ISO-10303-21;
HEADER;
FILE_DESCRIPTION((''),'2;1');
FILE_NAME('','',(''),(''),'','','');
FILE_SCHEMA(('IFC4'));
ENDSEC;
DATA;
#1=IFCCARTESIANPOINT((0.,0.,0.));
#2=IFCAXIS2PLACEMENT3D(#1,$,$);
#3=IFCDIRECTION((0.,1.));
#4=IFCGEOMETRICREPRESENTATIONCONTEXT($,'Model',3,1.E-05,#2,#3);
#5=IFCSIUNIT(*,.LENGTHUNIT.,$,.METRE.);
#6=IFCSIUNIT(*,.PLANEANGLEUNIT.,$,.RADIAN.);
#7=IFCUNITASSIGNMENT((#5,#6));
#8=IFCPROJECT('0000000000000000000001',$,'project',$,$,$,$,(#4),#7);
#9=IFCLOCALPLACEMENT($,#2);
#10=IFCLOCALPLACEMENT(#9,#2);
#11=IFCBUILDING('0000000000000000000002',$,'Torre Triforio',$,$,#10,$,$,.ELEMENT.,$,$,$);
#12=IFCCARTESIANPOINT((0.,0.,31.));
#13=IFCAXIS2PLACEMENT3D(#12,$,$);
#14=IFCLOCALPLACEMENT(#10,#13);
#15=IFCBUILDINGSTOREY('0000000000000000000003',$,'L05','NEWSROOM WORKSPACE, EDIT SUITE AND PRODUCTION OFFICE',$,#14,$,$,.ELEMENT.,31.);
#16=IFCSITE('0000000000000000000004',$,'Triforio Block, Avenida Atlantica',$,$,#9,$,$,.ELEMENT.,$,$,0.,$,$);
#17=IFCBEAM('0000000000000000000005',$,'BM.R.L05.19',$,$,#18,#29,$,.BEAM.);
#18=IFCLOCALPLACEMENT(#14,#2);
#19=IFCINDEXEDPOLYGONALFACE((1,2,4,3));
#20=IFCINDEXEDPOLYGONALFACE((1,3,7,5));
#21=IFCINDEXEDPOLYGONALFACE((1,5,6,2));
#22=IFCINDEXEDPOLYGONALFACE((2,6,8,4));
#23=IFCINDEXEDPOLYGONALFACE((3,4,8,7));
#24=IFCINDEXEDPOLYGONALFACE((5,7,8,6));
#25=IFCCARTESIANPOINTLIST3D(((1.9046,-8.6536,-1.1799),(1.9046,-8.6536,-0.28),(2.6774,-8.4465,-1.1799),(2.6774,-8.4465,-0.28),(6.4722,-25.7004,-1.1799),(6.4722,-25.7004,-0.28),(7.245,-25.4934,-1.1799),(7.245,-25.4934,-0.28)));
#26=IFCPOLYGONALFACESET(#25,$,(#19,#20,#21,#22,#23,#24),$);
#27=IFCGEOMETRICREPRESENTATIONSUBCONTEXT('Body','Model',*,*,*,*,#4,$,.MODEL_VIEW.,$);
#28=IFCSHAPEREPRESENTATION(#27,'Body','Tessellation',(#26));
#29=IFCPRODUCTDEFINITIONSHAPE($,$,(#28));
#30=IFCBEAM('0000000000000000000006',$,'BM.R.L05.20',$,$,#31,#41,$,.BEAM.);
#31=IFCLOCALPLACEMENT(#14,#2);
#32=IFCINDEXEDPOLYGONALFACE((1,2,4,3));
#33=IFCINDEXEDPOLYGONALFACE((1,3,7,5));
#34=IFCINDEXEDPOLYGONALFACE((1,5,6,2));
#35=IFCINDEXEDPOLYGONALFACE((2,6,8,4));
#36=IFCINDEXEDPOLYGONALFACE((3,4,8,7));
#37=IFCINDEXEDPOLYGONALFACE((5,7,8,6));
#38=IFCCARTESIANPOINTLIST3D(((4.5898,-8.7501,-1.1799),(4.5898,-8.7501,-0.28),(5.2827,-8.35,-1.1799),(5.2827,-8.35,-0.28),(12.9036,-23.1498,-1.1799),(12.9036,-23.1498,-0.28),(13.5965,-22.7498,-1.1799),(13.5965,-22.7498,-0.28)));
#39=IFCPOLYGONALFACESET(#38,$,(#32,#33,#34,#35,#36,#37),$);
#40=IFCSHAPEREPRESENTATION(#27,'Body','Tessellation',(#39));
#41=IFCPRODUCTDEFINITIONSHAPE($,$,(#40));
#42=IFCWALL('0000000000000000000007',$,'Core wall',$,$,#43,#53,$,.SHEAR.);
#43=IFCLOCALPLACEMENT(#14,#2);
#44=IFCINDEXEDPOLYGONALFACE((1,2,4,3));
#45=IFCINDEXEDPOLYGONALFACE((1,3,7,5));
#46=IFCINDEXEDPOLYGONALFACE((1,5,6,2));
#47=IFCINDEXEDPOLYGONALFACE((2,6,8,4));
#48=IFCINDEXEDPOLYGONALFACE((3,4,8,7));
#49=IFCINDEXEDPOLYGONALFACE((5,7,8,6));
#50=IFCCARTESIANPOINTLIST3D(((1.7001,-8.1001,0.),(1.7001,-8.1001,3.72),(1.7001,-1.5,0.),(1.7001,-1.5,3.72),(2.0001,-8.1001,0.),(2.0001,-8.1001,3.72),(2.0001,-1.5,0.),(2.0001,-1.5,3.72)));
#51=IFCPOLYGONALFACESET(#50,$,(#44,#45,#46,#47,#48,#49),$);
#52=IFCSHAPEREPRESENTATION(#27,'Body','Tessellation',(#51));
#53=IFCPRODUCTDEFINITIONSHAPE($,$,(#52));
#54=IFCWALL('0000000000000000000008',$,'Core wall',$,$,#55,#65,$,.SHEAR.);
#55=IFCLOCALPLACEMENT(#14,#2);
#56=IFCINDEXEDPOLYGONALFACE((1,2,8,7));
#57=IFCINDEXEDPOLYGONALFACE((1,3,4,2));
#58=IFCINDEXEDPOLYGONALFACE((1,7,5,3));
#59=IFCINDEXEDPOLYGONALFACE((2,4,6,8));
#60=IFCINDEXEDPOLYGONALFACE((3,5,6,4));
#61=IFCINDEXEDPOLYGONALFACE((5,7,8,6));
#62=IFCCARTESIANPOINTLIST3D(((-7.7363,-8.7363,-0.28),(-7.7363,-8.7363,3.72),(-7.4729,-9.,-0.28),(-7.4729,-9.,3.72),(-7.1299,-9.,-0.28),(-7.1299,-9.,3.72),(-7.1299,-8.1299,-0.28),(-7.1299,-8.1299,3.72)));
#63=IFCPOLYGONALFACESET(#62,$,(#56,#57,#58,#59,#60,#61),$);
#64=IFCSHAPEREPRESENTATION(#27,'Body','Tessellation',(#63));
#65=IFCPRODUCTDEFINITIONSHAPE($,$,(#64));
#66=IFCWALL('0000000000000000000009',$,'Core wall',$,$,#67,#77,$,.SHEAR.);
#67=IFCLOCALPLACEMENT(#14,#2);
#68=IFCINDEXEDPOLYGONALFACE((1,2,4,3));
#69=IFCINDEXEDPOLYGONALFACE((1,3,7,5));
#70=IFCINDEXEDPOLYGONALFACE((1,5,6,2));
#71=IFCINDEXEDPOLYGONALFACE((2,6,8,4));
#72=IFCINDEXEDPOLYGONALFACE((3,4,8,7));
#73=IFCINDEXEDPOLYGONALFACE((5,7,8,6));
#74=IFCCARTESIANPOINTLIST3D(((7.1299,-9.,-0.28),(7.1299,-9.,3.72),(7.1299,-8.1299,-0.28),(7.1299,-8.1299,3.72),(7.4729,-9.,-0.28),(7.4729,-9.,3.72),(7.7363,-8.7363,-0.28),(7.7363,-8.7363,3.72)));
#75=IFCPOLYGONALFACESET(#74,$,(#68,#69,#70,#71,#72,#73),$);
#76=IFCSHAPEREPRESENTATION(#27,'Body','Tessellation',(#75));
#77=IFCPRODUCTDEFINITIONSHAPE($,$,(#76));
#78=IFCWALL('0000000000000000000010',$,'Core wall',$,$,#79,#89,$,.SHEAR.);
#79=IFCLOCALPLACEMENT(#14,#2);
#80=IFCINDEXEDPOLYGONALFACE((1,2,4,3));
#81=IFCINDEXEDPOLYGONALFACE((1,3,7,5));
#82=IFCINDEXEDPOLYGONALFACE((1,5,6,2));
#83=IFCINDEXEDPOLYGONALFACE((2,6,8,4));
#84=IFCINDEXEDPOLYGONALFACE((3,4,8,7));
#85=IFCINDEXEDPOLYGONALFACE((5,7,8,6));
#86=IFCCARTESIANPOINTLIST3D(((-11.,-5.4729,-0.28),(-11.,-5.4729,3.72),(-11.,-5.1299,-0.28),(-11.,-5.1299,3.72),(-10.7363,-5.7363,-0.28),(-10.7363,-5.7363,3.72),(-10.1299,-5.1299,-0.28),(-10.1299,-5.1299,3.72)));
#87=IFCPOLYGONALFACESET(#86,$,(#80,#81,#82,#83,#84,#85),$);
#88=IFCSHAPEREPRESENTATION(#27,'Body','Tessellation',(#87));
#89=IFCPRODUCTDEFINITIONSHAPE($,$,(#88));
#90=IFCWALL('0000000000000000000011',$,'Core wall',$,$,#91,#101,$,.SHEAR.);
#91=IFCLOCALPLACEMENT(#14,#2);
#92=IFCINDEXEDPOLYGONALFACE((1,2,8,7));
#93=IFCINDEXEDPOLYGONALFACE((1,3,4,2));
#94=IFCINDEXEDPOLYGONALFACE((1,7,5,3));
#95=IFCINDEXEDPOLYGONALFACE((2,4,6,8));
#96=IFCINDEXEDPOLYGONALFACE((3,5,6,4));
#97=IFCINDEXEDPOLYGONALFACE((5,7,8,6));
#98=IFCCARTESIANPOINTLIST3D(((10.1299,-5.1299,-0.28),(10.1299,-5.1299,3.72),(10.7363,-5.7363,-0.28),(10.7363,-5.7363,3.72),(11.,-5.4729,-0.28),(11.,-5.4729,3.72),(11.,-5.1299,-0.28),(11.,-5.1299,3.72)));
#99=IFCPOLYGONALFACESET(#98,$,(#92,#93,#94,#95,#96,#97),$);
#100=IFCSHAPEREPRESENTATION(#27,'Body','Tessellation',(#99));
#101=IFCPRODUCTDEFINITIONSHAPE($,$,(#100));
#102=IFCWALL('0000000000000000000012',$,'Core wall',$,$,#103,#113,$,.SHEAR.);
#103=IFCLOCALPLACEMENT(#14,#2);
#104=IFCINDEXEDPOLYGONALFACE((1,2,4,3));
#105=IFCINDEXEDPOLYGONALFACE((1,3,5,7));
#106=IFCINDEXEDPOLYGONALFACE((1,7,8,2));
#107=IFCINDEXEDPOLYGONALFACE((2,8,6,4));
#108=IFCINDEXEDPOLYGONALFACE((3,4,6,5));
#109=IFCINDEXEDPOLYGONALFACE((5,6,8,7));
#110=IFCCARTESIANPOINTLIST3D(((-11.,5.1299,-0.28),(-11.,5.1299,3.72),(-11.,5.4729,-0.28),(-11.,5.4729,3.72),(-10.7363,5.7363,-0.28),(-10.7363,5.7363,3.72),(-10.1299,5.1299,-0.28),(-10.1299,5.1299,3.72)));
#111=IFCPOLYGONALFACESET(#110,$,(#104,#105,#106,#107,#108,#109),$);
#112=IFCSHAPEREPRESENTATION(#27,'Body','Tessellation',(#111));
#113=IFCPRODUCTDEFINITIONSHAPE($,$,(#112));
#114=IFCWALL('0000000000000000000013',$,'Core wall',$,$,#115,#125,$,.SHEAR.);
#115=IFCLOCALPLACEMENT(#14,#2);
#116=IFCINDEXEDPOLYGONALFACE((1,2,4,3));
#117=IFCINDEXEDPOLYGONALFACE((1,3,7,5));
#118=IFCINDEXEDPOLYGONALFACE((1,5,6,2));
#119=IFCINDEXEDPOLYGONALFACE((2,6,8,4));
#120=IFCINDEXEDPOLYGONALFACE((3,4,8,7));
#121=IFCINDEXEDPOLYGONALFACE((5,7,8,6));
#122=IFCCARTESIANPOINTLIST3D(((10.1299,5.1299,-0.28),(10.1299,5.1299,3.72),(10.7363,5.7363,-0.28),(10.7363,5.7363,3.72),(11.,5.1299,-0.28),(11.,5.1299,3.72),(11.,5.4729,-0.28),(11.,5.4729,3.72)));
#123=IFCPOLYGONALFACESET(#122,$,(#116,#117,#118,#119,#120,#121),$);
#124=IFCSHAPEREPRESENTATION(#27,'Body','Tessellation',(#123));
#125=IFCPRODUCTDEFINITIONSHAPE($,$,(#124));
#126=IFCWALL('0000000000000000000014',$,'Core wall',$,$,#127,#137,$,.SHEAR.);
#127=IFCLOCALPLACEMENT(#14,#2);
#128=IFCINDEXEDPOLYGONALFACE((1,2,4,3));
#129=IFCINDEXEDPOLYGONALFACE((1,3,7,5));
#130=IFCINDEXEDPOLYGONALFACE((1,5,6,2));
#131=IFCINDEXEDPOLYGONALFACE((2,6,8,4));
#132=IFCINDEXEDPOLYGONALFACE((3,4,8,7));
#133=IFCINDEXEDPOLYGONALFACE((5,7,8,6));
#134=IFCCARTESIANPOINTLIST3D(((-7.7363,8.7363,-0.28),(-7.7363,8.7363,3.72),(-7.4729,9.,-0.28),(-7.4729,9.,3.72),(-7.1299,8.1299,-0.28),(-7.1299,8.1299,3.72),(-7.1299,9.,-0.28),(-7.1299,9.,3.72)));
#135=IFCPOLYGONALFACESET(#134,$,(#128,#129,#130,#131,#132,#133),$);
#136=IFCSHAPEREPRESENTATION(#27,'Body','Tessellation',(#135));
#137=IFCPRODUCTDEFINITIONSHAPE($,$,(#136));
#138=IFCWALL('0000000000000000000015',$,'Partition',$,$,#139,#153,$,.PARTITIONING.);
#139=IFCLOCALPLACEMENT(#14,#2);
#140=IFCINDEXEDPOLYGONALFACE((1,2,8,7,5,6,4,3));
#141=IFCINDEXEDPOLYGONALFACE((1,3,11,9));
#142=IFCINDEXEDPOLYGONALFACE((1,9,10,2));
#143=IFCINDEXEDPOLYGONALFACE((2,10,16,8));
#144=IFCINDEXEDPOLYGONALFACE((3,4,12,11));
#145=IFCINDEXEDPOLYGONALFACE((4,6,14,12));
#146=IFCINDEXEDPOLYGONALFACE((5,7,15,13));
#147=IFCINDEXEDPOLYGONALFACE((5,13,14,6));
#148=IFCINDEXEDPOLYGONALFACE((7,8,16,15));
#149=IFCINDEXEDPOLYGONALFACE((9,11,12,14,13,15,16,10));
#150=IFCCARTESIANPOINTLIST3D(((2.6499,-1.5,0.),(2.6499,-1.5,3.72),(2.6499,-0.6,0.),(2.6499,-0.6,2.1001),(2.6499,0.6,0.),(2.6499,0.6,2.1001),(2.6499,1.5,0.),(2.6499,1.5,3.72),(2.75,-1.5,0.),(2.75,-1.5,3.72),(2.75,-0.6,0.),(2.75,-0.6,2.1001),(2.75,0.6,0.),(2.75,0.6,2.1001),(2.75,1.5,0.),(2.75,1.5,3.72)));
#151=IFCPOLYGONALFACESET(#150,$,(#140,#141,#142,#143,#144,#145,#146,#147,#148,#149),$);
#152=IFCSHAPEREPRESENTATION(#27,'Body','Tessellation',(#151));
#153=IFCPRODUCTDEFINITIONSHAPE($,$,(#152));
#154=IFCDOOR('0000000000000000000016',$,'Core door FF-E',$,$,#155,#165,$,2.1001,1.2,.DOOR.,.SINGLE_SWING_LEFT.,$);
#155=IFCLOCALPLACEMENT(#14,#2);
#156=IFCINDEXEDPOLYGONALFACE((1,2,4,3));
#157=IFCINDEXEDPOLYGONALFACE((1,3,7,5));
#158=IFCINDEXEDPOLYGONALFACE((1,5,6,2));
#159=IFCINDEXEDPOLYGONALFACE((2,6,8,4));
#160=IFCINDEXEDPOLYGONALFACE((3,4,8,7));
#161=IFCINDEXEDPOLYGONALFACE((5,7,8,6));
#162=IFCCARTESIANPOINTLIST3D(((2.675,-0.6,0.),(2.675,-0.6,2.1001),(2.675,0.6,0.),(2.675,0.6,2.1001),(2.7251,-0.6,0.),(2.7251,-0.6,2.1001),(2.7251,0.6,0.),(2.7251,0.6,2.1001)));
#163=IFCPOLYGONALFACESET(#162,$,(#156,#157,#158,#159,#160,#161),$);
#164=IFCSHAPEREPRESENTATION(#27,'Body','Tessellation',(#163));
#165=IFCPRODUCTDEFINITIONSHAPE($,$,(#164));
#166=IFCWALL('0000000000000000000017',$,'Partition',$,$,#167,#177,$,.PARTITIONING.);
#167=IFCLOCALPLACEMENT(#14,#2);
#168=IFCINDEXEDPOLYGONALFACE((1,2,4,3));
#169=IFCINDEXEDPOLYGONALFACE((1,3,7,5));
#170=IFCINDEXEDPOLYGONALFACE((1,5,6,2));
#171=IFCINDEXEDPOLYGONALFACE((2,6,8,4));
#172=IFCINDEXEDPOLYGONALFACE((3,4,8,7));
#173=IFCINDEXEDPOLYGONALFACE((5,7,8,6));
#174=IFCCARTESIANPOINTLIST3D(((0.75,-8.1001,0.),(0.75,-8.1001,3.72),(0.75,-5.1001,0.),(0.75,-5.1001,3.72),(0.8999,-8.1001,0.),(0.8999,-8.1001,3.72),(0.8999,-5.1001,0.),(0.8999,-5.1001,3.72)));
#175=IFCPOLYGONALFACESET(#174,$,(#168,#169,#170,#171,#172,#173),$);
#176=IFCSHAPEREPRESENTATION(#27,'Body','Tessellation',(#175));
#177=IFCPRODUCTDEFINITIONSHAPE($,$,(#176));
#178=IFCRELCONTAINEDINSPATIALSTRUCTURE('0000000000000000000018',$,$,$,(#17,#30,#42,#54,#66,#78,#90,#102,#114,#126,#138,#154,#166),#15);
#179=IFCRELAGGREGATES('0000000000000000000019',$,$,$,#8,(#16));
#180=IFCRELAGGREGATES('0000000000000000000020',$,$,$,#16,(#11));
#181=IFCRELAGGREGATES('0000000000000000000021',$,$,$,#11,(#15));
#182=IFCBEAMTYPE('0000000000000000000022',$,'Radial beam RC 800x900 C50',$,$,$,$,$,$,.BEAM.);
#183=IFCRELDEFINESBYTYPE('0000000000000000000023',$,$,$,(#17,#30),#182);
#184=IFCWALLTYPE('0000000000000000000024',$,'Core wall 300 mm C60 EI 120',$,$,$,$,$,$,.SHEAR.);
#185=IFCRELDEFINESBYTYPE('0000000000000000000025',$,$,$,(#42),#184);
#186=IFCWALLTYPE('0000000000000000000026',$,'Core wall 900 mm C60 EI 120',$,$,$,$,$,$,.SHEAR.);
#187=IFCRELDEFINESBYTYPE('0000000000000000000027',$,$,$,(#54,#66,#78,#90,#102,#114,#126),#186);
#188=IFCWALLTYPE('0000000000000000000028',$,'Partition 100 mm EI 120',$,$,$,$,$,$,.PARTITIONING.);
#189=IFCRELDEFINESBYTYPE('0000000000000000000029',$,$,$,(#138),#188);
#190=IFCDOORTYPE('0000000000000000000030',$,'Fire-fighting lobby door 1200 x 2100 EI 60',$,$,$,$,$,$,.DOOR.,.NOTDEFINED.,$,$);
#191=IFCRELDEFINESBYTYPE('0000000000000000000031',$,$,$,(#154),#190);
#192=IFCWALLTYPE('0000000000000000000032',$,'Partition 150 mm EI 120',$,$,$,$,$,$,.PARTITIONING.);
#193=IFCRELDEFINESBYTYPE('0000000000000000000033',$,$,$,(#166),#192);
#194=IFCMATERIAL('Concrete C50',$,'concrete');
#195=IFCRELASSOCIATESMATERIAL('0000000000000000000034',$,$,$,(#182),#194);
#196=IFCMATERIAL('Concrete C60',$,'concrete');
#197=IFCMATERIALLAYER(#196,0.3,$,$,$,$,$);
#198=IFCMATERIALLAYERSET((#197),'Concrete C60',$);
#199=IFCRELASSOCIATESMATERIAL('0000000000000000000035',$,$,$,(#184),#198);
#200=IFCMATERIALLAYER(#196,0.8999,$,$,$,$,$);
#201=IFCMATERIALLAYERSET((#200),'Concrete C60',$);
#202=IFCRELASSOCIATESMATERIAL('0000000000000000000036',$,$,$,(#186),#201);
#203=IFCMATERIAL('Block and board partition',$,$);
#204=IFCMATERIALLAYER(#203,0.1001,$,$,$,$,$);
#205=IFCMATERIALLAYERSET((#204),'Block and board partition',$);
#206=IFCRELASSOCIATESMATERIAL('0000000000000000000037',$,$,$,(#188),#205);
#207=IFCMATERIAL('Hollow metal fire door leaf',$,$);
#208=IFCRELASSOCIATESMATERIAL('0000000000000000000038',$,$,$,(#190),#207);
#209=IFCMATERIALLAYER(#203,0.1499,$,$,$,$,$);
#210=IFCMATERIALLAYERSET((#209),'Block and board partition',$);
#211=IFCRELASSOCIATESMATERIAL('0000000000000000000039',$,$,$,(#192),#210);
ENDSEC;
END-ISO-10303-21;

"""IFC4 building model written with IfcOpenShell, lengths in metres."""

from ifc_helpers import new_model, si_unit, direction, frame, frame_2d, origin, origin_2d, place, context, subcontext, project, spatial, polyline, rectangle, outline, extrude, material, layer, layer_set, material_profile, profile_set, type_object, element, fill, save


model = new_model("IFC4")

# Units and contexts
model_context = context("Model", 3, precision=1e-05, world=origin(), true_north=direction((0.0, 1.0)))
body_context = subcontext(model_context, "Body", "Model", "MODEL_VIEW")
ifc_project = project(units=[si_unit("LENGTHUNIT", "METRE"), si_unit("PLANEANGLEUNIT", "RADIAN")], contexts=[model_context])

# Site, building, storey
site_placement = place(None, origin())
site = spatial("IfcSite", under=ifc_project, at=site_placement, Name="Triforio Block, Avenida Atlantica", CompositionType="ELEMENT", RefElevation=0.0)
building_placement = place(site_placement, origin())
building = spatial("IfcBuilding", under=site, at=building_placement, Name="Torre Triforio", CompositionType="ELEMENT")
storey_placement = place(building_placement, frame((0.0, 0.0, 31.0)))
storey = spatial("IfcBuildingStorey", under=building, at=storey_placement, Name="L05", Description="NEWSROOM WORKSPACE, EDIT SUITE AND PRODUCTION OFFICE", CompositionType="ELEMENT", Elevation=31.0)

# Beams
ifc_material_1 = material(Name="Concrete C50", Category="concrete")
ifc_material_profile = material_profile(ifc_material_1, rectangle(XDim=0.8, YDim=0.8999, at=origin_2d()), Name="RC 800x900")
ifc_profile_set = profile_set([ifc_material_profile], Name="Concrete C50")
beam_type = type_object("IfcBeamType", Name="Radial beam RC 800x900 C50", PredefinedType="BEAM", material=ifc_profile_set)
beam_1_placement = place(storey_placement, frame((2.291, -8.55, -0.73), z_axis=(0.258815, -0.965927, 0.0), x_axis=(0.965927, 0.258815, 0.0)))
element("IfcBeam", 1, at=beam_1_placement, inside=storey, type_object=beam_type, Name="BM.R.L05.19", PredefinedType="BEAM", context=body_context, shape_type="SweptSolid", body=[
    extrude(rectangle(XDim=0.8, YDim=0.8999, at=origin_2d()), origin(), (0.0, 0.0, 1.0), 17.6482),
])
beam_2_placement = place(storey_placement, frame((4.9363, -8.55, -0.73), z_axis=(0.500003, -0.866023, 0.0), x_axis=(0.866023, 0.500003, 0.0)))
element("IfcBeam", 2, at=beam_2_placement, inside=storey, type_object=beam_type, Name="BM.R.L05.20", PredefinedType="BEAM", context=body_context, shape_type="SweptSolid", body=[
    extrude(rectangle(XDim=0.8, YDim=0.8999, at=origin_2d()), origin(), (0.0, 0.0, 1.0), 16.6274),
])

# Walls
ifc_material_2 = material(Name="Concrete C60", Category="concrete")
ifc_layer_1 = layer(ifc_material_2, 0.3)
ifc_layer_set_1 = layer_set([ifc_layer_1], Name="Concrete C60")
wall_type_1 = type_object("IfcWallType", Name="Core wall 300 mm C60 EI 120", PredefinedType="SHEAR", material=ifc_layer_set_1)
wall_1_placement = place(storey_placement, frame((1.8501, -8.1001, 0.0), z_axis=(0.0, 0.0, 1.0), x_axis=(0.0, 1.0, 0.0)))
element("IfcWall", 3, at=wall_1_placement, inside=storey, type_object=wall_type_1, Name="Core wall", PredefinedType="SHEAR", context=body_context, shape_type="SweptSolid", body=[
    extrude(rectangle(XDim=6.6001, YDim=0.3, at=frame_2d((3.3, 0.0))), origin(), (0.0, 0.0, 1.0), 3.72),
])
ifc_layer_2 = layer(ifc_material_2, 0.8999)
ifc_layer_set_2 = layer_set([ifc_layer_2], Name="Concrete C60")
wall_type_2 = type_object("IfcWallType", Name="Core wall 900 mm C60 EI 120", PredefinedType="SHEAR", material=ifc_layer_set_2)
wall_2_placement = place(storey_placement, frame((0.0, 0.0, -0.28)))
element("IfcWall", 4, at=wall_2_placement, inside=storey, type_object=wall_type_2, Name="Core wall", PredefinedType="SHEAR", context=body_context, shape_type="SweptSolid", body=[
    extrude(outline(polyline([(-7.4729, -9.0), (-7.7363, -8.7363), (-7.1299, -8.1299), (-7.1299, -9.0), (-7.4729, -9.0)])), origin(), (0.0, 0.0, 1.0), 4.0),
])
wall_3_placement = place(storey_placement, frame((0.0, 0.0, -0.28)))
element("IfcWall", 5, at=wall_3_placement, inside=storey, type_object=wall_type_2, Name="Core wall", PredefinedType="SHEAR", context=body_context, shape_type="SweptSolid", body=[
    extrude(outline(polyline([(7.4729, -9.0), (7.1299, -9.0), (7.1299, -8.1299), (7.7363, -8.7363), (7.4729, -9.0)])), origin(), (0.0, 0.0, 1.0), 4.0),
])
wall_4_placement = place(storey_placement, frame((0.0, 0.0, -0.28)))
element("IfcWall", 6, at=wall_4_placement, inside=storey, type_object=wall_type_2, Name="Core wall", PredefinedType="SHEAR", context=body_context, shape_type="SweptSolid", body=[
    extrude(outline(polyline([(-11.0, -5.4729), (-11.0, -5.1299), (-10.1299, -5.1299), (-10.7363, -5.7363), (-11.0, -5.4729)])), origin(), (0.0, 0.0, 1.0), 4.0),
])
wall_5_placement = place(storey_placement, frame((0.0, 0.0, -0.28)))
element("IfcWall", 7, at=wall_5_placement, inside=storey, type_object=wall_type_2, Name="Core wall", PredefinedType="SHEAR", context=body_context, shape_type="SweptSolid", body=[
    extrude(outline(polyline([(11.0, -5.4729), (10.7363, -5.7363), (10.1299, -5.1299), (11.0, -5.1299), (11.0, -5.4729)])), origin(), (0.0, 0.0, 1.0), 4.0),
])
wall_6_placement = place(storey_placement, frame((0.0, 0.0, -0.28)))
element("IfcWall", 8, at=wall_6_placement, inside=storey, type_object=wall_type_2, Name="Core wall", PredefinedType="SHEAR", context=body_context, shape_type="SweptSolid", body=[
    extrude(outline(polyline([(-10.7363, 5.7363), (-10.1299, 5.1299), (-11.0, 5.1299), (-11.0, 5.4729), (-10.7363, 5.7363)])), origin(), (0.0, 0.0, 1.0), 4.0),
])
wall_7_placement = place(storey_placement, frame((0.0, 0.0, -0.28)))
element("IfcWall", 9, at=wall_7_placement, inside=storey, type_object=wall_type_2, Name="Core wall", PredefinedType="SHEAR", context=body_context, shape_type="SweptSolid", body=[
    extrude(outline(polyline([(11.0, 5.4729), (11.0, 5.1299), (10.1299, 5.1299), (10.7363, 5.7363), (11.0, 5.4729)])), origin(), (0.0, 0.0, 1.0), 4.0),
])
wall_8_placement = place(storey_placement, frame((0.0, 0.0, -0.28)))
element("IfcWall", 10, at=wall_8_placement, inside=storey, type_object=wall_type_2, Name="Core wall", PredefinedType="SHEAR", context=body_context, shape_type="SweptSolid", body=[
    extrude(outline(polyline([(-7.4729, 9.0), (-7.1299, 9.0), (-7.1299, 8.1299), (-7.7363, 8.7363), (-7.4729, 9.0)])), origin(), (0.0, 0.0, 1.0), 4.0),
])

# Wall, opening, door
ifc_material_3 = material(Name="Block and board partition")
ifc_layer_3 = layer(ifc_material_3, 0.1001)
ifc_layer_set_3 = layer_set([ifc_layer_3], Name="Block and board partition")
wall_type_3 = type_object("IfcWallType", Name="Partition 100 mm EI 120", PredefinedType="PARTITIONING", material=ifc_layer_set_3)
wall_9_placement = place(storey_placement, frame((2.7, -1.5, 0.0), z_axis=(0.0, 0.0, 1.0), x_axis=(0.0, 1.0, 0.0)))
wall_9 = element("IfcWall", 11, at=wall_9_placement, inside=storey, type_object=wall_type_3, Name="Partition", PredefinedType="PARTITIONING", context=body_context, shape_type="SweptSolid", body=[
    extrude(rectangle(XDim=3.0, YDim=0.1001, at=frame_2d((1.5, 0.0))), origin(), (0.0, 0.0, 1.0), 3.72),
])
opening_placement = place(wall_9_placement, frame((0.8999, 0.0, 0.0)))
opening = element("IfcOpeningElement", 12, at=opening_placement, cuts=wall_9, PredefinedType="OPENING", context=body_context, shape_type="SweptSolid", body=[
    extrude(rectangle(XDim=1.2, YDim=2.1001, at=frame_2d((0.6001, 1.05))), frame((0.0, 0.0601, 0.0), z_axis=(0.0, -1.0, 0.0), x_axis=(1.0, 0.0, 0.0)), (0.0, 0.0, 1.0), 0.1201),
])
ifc_material_4 = material(Name="Hollow metal fire door leaf")
door_type = type_object("IfcDoorType", Name="Fire-fighting lobby door 1200 x 2100 EI 60", OperationType="NOTDEFINED", PredefinedType="DOOR", material=ifc_material_4)
door_placement = place(opening_placement, origin())
door = element("IfcDoor", 13, at=door_placement, inside=storey, type_object=door_type, Name="Core door FF-E", OperationType="SINGLE_SWING_LEFT", OverallHeight=2.1001, OverallWidth=1.2, PredefinedType="DOOR", context=body_context, shape_type="SweptSolid", body=[
    extrude(rectangle(XDim=1.2, YDim=2.1001, at=frame_2d((0.6001, 1.05))), frame((0.0, 0.0249, 0.0), z_axis=(0.0, -1.0, 0.0), x_axis=(1.0, 0.0, 0.0)), (0.0, 0.0, 1.0), 0.05),
])
fill(opening, door)

# Wall
ifc_layer_4 = layer(ifc_material_3, 0.1499)
ifc_layer_set_4 = layer_set([ifc_layer_4], Name="Block and board partition")
wall_type_4 = type_object("IfcWallType", Name="Partition 150 mm EI 120", PredefinedType="PARTITIONING", material=ifc_layer_set_4)
wall_10_placement = place(storey_placement, frame((0.825, -8.1001, 0.0), z_axis=(0.0, 0.0, 1.0), x_axis=(0.0, 1.0, 0.0)))
element("IfcWall", 14, at=wall_10_placement, inside=storey, type_object=wall_type_4, Name="Partition", PredefinedType="PARTITIONING", context=body_context, shape_type="SweptSolid", body=[
    extrude(rectangle(XDim=3.0, YDim=0.1499, at=frame_2d((1.5, 0.0))), origin(), (0.0, 0.0, 1.0), 3.72),
])

save(model, "model.ifc")
